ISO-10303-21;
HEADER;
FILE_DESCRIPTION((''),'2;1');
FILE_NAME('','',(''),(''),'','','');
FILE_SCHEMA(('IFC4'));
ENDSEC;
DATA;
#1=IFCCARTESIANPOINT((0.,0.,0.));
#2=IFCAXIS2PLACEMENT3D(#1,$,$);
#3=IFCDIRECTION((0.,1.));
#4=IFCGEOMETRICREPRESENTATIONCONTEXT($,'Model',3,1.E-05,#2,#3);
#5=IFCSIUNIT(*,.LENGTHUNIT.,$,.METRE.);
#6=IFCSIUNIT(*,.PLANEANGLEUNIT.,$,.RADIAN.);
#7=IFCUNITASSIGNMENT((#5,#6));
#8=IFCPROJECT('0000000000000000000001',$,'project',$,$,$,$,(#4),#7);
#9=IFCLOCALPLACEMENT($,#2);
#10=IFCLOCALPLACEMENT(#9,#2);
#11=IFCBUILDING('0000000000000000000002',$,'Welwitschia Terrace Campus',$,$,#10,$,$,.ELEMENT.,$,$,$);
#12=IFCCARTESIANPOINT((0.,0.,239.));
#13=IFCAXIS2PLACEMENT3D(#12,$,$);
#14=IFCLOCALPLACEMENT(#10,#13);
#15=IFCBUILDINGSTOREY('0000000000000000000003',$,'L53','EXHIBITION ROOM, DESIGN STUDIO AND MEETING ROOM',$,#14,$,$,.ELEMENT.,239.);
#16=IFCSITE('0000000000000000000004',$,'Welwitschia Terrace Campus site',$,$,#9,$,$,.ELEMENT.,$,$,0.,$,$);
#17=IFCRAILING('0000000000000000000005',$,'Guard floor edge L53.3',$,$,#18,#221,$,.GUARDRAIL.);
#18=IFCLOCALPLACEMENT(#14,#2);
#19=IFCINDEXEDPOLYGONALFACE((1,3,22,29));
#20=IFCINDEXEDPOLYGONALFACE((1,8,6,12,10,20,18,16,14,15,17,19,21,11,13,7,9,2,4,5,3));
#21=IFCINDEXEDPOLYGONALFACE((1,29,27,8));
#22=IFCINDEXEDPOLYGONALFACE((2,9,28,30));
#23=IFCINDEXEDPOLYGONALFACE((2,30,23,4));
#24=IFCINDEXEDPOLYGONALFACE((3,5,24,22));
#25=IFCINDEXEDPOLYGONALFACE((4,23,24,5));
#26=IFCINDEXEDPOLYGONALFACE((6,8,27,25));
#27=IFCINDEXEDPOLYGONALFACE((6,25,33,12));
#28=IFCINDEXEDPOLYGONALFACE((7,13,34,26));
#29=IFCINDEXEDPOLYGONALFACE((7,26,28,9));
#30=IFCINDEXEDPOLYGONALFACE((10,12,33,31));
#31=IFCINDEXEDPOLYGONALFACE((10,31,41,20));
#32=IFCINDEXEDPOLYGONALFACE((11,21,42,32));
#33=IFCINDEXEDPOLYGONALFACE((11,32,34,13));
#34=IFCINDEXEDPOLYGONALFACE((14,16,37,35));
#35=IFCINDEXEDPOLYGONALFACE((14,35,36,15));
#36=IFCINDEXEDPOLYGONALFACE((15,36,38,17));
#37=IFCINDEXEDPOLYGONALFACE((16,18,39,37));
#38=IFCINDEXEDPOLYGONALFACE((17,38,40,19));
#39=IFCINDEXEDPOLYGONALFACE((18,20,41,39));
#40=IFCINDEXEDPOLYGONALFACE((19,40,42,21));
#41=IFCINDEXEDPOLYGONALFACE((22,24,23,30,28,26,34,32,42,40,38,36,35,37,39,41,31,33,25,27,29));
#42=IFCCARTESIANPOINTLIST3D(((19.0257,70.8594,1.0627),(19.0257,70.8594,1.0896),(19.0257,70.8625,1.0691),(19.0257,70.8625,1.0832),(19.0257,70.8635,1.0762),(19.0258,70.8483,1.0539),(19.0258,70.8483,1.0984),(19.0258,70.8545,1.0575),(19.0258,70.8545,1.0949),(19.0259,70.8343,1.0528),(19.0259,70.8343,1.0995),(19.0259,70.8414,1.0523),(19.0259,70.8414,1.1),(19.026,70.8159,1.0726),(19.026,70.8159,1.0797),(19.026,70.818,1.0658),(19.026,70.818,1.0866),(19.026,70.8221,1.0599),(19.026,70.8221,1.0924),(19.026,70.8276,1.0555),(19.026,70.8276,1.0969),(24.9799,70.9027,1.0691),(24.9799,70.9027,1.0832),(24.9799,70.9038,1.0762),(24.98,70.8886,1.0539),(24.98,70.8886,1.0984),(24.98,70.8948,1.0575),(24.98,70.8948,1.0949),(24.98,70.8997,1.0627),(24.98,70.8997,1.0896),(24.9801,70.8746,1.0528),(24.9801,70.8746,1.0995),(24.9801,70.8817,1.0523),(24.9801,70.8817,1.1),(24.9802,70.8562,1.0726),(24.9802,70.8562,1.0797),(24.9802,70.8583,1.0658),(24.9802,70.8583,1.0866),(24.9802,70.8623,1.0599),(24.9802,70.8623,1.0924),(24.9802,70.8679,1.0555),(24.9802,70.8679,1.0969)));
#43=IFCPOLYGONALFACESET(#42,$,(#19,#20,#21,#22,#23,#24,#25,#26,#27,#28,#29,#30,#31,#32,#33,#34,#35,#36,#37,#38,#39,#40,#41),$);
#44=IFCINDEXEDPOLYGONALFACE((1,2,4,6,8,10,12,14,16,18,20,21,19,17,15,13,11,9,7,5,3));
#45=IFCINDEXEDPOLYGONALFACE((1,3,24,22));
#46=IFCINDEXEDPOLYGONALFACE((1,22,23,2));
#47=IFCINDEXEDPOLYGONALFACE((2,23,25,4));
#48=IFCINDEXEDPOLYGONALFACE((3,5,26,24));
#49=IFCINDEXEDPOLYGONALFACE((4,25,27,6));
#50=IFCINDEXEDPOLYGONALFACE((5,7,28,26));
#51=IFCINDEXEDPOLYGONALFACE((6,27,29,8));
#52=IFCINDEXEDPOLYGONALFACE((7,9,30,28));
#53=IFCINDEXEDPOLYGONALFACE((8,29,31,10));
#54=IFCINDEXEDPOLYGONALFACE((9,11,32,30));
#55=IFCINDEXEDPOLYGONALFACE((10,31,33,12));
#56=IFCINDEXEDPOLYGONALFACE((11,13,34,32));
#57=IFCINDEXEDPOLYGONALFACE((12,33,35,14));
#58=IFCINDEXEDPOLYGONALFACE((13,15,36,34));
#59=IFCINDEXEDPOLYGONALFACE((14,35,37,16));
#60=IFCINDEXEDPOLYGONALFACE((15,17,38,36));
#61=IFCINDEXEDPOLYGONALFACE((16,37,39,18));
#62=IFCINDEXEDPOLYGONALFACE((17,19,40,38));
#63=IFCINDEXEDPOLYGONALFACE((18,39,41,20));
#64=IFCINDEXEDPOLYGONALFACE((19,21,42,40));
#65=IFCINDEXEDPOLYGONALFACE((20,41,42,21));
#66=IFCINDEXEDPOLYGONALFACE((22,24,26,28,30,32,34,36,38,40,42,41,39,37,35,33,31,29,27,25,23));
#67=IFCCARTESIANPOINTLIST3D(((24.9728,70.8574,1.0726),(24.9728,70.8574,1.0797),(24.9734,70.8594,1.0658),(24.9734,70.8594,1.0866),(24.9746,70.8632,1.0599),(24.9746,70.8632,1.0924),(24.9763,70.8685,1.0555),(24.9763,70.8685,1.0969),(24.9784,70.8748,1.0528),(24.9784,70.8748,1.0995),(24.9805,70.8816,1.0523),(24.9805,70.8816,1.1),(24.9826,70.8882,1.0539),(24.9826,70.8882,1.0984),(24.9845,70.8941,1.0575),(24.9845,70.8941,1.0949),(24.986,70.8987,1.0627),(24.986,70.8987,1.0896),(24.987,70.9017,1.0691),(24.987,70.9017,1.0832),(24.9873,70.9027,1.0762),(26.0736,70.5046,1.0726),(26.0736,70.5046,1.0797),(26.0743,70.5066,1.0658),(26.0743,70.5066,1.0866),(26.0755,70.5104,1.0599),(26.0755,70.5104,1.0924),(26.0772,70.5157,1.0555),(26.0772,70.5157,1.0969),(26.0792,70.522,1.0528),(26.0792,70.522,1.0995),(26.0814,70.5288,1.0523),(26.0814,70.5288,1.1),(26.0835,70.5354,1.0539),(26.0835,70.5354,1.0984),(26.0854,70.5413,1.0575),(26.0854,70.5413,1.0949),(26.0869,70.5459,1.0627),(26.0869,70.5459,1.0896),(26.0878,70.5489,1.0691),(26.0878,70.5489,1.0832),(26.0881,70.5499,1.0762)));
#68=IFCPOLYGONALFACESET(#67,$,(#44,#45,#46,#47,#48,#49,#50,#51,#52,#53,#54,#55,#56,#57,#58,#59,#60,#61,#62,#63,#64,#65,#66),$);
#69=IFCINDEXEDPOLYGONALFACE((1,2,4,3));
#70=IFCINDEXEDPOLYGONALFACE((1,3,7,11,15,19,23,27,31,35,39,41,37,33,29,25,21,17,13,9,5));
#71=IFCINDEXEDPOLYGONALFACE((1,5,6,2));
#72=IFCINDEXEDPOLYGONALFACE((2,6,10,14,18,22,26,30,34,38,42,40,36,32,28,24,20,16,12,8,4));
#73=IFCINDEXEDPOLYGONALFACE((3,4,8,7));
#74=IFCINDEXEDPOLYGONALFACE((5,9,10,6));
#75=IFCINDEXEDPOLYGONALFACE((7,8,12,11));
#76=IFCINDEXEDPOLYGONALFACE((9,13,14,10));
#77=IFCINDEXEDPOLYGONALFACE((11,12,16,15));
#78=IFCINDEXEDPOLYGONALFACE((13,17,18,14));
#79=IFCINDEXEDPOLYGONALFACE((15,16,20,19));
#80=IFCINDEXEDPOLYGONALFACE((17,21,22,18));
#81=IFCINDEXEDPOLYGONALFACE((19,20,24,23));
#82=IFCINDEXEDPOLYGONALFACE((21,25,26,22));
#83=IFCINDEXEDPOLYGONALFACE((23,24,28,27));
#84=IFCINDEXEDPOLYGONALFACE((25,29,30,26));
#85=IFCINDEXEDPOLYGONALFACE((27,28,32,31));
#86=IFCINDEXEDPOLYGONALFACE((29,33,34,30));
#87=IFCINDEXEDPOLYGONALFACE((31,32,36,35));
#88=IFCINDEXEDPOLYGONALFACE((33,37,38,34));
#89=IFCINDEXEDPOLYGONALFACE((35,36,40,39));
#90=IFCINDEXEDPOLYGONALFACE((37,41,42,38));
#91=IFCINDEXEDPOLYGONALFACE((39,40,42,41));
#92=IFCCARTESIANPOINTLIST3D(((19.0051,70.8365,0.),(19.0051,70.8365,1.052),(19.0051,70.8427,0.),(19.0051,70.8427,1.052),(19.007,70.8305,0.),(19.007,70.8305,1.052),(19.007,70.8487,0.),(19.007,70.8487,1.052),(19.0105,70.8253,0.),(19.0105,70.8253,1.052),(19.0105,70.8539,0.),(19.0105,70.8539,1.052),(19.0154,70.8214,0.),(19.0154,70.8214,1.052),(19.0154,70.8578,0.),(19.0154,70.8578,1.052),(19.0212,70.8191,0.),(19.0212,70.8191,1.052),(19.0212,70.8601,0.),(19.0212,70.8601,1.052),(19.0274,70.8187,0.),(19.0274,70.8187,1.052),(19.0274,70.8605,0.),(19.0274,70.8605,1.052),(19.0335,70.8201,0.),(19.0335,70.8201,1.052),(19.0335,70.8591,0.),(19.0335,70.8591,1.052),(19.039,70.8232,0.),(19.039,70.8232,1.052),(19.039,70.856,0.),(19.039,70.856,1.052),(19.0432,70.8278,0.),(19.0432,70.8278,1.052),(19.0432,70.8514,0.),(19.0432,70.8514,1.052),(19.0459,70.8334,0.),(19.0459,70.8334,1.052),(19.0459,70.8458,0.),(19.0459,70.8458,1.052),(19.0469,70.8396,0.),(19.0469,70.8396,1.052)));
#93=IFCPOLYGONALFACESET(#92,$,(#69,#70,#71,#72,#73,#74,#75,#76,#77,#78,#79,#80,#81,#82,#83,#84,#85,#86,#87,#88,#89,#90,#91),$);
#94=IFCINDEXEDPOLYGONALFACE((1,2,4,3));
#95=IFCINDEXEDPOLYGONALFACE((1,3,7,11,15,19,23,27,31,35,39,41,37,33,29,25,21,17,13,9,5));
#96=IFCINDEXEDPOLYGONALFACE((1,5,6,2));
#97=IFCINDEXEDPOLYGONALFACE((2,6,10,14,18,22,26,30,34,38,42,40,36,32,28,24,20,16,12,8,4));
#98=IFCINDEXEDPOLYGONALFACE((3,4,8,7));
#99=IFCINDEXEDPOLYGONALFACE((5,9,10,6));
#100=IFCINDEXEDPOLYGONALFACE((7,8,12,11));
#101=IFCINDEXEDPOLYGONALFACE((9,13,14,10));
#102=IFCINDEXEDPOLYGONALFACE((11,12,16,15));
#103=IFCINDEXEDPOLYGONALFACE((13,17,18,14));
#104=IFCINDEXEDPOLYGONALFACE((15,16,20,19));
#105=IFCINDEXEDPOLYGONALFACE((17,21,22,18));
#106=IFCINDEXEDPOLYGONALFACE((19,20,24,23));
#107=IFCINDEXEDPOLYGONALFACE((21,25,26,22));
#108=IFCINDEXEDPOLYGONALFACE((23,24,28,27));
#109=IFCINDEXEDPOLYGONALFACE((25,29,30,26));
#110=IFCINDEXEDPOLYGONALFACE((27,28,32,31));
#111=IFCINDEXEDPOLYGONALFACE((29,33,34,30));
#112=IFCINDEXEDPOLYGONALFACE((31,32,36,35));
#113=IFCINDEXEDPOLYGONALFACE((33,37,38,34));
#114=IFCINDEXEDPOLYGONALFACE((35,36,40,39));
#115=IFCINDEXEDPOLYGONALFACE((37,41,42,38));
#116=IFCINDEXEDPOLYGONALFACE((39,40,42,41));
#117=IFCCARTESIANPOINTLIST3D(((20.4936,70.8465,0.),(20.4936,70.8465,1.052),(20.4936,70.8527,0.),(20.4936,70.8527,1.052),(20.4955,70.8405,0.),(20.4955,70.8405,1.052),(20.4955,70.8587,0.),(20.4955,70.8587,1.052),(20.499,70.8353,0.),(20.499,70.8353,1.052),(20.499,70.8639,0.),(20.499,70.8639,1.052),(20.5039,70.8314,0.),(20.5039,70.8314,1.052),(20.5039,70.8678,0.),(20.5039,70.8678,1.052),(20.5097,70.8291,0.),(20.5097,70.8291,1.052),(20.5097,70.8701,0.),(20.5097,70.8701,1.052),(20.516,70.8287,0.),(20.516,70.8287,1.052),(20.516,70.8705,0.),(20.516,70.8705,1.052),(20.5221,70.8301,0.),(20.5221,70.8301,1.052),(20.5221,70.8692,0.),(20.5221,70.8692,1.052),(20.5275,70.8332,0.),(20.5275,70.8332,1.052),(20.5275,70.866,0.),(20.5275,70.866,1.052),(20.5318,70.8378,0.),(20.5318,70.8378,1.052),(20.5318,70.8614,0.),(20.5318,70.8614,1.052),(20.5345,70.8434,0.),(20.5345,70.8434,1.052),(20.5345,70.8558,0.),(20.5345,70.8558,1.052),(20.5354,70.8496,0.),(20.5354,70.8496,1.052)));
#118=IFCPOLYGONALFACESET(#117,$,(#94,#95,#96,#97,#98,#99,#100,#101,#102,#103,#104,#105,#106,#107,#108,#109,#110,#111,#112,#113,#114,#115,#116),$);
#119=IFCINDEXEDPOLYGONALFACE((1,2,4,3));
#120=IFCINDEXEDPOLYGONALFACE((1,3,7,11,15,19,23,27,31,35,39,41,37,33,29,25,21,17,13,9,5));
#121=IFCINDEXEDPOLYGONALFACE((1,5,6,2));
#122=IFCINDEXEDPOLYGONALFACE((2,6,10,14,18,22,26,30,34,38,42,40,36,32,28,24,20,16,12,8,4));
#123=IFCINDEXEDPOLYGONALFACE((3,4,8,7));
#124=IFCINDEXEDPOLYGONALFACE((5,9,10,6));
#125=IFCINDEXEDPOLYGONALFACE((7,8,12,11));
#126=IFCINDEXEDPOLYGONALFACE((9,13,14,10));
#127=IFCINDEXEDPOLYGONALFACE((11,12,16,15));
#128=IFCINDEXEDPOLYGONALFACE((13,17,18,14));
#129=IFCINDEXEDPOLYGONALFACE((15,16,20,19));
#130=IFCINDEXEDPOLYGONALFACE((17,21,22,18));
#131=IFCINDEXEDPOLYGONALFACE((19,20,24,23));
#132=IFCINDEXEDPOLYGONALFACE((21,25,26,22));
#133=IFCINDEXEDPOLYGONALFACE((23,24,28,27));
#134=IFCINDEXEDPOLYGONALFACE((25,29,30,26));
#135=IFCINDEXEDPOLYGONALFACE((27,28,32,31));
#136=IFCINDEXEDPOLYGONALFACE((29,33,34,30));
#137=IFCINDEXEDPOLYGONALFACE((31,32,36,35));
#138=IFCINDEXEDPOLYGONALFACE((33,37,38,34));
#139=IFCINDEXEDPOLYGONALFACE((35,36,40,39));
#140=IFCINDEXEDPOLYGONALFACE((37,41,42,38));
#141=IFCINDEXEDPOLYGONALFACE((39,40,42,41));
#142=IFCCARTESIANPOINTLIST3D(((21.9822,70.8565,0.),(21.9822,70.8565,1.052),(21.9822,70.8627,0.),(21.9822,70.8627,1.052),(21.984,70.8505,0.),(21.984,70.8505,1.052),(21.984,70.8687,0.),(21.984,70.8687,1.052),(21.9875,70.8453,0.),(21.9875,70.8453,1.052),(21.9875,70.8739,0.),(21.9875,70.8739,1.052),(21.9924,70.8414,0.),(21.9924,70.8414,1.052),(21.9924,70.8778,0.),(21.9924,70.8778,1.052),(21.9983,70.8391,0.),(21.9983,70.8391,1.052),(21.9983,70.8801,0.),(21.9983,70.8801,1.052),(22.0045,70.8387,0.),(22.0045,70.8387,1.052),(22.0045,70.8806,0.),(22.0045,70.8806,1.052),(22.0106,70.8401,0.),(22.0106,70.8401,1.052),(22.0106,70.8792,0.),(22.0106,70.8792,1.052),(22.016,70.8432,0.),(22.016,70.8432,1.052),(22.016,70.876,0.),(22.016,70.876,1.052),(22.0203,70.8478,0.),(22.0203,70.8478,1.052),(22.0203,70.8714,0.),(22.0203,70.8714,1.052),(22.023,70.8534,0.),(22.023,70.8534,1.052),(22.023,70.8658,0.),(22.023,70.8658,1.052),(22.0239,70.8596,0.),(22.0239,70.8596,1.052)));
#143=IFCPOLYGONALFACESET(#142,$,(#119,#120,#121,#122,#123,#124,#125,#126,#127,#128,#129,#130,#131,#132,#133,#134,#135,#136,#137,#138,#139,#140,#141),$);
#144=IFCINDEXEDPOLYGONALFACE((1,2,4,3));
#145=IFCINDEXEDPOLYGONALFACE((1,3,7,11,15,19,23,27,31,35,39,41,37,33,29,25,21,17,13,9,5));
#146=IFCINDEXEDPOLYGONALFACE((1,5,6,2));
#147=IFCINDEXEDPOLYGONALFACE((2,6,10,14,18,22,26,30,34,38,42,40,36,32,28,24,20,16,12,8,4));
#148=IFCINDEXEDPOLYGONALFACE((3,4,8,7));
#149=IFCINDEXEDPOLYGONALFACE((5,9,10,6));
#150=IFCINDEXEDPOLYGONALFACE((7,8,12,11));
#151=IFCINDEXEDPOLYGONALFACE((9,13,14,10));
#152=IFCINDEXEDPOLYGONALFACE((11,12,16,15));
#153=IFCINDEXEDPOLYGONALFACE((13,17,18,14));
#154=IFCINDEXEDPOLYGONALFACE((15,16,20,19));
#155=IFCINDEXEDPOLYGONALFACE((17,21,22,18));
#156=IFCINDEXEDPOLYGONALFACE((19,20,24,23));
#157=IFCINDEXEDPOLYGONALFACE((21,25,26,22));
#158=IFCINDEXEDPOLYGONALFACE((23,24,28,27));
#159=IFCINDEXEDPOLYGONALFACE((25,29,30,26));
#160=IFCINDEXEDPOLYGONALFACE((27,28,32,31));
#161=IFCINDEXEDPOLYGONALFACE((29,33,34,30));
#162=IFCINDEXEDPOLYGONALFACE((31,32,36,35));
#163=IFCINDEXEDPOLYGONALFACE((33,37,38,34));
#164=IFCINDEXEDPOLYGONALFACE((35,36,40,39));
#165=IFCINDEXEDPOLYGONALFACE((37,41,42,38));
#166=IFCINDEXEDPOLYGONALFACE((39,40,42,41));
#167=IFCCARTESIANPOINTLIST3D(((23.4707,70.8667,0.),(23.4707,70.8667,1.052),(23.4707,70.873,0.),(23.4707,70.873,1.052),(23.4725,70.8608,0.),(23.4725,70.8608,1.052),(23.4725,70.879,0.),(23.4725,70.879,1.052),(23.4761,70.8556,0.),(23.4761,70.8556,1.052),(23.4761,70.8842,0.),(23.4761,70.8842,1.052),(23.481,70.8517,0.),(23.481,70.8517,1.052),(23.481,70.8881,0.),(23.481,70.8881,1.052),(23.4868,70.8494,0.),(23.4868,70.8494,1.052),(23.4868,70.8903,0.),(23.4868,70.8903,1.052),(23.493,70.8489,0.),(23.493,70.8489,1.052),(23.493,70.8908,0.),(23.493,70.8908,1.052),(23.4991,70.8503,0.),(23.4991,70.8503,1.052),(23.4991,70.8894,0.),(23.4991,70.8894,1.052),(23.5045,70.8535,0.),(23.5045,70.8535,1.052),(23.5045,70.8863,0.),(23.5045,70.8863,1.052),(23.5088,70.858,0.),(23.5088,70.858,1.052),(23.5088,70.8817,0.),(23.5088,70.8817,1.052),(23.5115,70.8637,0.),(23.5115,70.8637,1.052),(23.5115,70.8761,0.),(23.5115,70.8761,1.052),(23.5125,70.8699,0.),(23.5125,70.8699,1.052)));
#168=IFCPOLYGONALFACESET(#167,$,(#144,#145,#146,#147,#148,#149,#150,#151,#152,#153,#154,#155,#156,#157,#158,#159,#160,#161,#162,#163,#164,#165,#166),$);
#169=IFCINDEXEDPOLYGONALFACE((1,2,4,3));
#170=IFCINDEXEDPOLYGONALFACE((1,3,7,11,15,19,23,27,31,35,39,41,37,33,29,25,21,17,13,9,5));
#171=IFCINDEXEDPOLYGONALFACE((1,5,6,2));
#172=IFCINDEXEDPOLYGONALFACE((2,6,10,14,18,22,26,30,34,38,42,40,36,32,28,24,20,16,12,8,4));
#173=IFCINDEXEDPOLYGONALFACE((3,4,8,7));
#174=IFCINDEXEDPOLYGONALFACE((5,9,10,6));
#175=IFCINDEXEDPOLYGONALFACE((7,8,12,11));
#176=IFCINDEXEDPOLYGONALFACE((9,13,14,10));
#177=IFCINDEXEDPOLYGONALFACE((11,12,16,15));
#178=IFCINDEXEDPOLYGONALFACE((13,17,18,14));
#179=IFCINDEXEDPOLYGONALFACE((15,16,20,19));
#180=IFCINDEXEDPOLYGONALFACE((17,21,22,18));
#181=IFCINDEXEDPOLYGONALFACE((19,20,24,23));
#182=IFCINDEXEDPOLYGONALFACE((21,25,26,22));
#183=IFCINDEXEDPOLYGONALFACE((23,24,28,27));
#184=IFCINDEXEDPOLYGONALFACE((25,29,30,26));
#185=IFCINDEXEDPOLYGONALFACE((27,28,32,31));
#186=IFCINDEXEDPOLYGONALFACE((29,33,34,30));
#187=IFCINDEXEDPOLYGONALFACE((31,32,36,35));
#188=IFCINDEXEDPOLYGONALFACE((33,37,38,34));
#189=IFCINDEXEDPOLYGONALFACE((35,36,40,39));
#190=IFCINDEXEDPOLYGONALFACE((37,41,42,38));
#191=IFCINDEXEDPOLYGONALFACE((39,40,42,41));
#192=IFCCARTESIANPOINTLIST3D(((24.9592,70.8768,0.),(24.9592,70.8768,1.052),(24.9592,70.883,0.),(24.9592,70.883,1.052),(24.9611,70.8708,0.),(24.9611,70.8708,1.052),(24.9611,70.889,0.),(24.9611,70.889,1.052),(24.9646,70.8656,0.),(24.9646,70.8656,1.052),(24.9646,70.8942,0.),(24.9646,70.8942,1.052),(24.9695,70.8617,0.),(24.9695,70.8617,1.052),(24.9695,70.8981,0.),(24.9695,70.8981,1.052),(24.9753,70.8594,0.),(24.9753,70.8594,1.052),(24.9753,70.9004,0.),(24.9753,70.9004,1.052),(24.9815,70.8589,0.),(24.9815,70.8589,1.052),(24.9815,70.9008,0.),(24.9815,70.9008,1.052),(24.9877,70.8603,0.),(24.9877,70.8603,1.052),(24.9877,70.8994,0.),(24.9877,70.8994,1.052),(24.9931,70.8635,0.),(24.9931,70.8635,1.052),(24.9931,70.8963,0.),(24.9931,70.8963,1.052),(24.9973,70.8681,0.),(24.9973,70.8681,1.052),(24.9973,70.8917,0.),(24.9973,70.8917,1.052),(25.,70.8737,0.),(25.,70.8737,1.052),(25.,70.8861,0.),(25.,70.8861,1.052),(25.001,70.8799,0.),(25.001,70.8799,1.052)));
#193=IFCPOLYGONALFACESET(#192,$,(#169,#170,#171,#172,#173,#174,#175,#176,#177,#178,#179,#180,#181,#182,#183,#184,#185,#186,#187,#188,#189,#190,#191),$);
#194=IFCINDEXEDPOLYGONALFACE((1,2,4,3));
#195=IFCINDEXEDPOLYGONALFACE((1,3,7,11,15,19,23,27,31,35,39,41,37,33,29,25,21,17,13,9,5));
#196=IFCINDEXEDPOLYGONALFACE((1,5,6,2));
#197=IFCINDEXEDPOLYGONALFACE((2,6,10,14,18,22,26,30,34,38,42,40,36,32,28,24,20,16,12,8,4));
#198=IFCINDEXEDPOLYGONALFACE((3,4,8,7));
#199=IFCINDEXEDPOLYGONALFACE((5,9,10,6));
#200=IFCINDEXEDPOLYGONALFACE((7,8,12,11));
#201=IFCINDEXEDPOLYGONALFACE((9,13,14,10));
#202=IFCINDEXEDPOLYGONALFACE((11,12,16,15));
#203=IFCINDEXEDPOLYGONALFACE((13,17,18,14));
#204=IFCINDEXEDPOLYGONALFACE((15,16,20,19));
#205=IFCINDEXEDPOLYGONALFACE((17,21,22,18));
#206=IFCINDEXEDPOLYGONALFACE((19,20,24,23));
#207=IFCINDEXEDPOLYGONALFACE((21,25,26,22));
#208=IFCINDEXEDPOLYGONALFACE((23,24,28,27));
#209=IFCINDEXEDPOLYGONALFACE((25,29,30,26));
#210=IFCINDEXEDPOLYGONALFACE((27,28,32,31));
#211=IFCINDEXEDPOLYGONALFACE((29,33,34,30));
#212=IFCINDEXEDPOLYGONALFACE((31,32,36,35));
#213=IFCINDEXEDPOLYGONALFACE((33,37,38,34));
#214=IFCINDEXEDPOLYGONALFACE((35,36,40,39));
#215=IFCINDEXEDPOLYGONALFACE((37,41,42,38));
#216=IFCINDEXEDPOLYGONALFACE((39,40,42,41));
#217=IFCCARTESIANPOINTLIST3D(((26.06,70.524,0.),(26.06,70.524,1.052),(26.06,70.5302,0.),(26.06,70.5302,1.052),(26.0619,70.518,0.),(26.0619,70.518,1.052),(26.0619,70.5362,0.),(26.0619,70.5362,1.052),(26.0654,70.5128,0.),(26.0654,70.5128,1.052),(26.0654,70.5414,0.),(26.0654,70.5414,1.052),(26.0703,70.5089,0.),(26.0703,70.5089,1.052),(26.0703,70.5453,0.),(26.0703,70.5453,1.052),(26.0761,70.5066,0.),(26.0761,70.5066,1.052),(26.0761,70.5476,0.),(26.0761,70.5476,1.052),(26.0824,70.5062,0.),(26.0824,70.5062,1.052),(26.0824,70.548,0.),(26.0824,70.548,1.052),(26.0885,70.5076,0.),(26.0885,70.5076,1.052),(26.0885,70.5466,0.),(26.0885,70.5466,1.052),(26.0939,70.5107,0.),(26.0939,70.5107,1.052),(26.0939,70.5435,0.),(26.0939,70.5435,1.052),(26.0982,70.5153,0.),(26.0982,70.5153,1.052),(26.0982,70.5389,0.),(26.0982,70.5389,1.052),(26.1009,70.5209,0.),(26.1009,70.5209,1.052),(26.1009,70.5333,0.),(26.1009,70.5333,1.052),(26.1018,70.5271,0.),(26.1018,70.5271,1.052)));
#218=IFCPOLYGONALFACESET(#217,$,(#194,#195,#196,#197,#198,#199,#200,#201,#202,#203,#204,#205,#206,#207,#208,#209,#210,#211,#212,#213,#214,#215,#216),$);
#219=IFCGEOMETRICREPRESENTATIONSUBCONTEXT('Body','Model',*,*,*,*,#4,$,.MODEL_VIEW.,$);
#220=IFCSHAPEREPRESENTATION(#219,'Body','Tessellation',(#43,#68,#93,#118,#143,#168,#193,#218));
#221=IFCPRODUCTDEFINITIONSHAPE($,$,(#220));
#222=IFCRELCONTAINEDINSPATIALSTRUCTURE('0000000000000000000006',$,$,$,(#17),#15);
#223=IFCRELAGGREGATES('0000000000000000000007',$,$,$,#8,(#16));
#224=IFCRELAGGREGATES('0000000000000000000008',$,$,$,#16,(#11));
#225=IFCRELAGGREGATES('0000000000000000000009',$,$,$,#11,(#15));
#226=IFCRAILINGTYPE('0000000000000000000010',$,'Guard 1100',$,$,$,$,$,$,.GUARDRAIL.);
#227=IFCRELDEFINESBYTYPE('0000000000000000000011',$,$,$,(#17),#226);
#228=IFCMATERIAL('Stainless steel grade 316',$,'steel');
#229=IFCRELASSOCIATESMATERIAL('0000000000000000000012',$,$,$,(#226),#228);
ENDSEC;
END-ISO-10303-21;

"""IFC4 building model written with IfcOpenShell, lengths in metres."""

from ifc_helpers import new_model, si_unit, direction, frame, origin, origin_2d, place, context, subcontext, project, spatial, circle, extrude, material, type_object, element, save


model = new_model("IFC4")

# Units and contexts
model_context = context("Model", 3, precision=1e-05, world=origin(), true_north=direction((0.0, 1.0)))
body_context = subcontext(model_context, "Body", "Model", "MODEL_VIEW")
ifc_project = project(units=[si_unit("LENGTHUNIT", "METRE"), si_unit("PLANEANGLEUNIT", "RADIAN")], contexts=[model_context])

# Site, building, storey
site_placement = place(None, origin())
site = spatial("IfcSite", under=ifc_project, at=site_placement, Name="Welwitschia Terrace Campus site", CompositionType="ELEMENT", RefElevation=0.0)
building_placement = place(site_placement, origin())
building = spatial("IfcBuilding", under=site, at=building_placement, Name="Welwitschia Terrace Campus", CompositionType="ELEMENT")
storey_placement = place(building_placement, frame((0.0, 0.0, 239.0)))
storey = spatial("IfcBuildingStorey", under=building, at=storey_placement, Name="L53", Description="EXHIBITION ROOM, DESIGN STUDIO AND MEETING ROOM", CompositionType="ELEMENT", Elevation=239.0)

# Railing
ifc_material_1 = material(Name="Stainless steel grade 316", Category="steel")
railing_type = type_object("IfcRailingType", Name="Guard 1100", PredefinedType="GUARDRAIL", material=ifc_material_1)
railing_1_placement = place(storey_placement, frame((19.0259, 70.8396, 0.0)))
element("IfcRailing", 1, at=railing_1_placement, inside=storey, type_object=railing_type, Name="Guard floor edge L53.3", PredefinedType="GUARDRAIL", context=body_context, shape_type="SweptSolid", body=[
    extrude(circle(Radius=0.0239, at=origin_2d()), frame((0.0, 0.0, 1.0762), z_axis=(0.999977, 0.006765, 0.0), x_axis=(-0.006765, 0.999977, 0.0)), (0.0, 0.0, 1.0), 5.9543),
    extrude(circle(Radius=0.0239, at=origin_2d()), frame((5.9541, 0.0403, 1.0762), z_axis=(0.952294, -0.305182, 0.0), x_axis=(0.305182, 0.952294, 0.0)), (0.0, 0.0, 1.0), 1.156),
    extrude(circle(Radius=0.021, at=origin_2d()), origin(), (0.0, 0.0, 1.0), 1.052),
    extrude(circle(Radius=0.021, at=origin_2d()), frame((1.4885, 0.01, 0.0)), (0.0, 0.0, 1.0), 1.052),
    extrude(circle(Radius=0.021, at=origin_2d()), frame((2.9771, 0.02, 0.0)), (0.0, 0.0, 1.0), 1.052),
    extrude(circle(Radius=0.021, at=origin_2d()), frame((4.4656, 0.0303, 0.0)), (0.0, 0.0, 1.0), 1.052),
    extrude(circle(Radius=0.021, at=origin_2d()), frame((5.9541, 0.0403, 0.0)), (0.0, 0.0, 1.0), 1.052),
    extrude(circle(Radius=0.021, at=origin_2d()), frame((7.0549, -0.3125, 0.0)), (0.0, 0.0, 1.0), 1.052),
])

save(model, "model.ifc")
